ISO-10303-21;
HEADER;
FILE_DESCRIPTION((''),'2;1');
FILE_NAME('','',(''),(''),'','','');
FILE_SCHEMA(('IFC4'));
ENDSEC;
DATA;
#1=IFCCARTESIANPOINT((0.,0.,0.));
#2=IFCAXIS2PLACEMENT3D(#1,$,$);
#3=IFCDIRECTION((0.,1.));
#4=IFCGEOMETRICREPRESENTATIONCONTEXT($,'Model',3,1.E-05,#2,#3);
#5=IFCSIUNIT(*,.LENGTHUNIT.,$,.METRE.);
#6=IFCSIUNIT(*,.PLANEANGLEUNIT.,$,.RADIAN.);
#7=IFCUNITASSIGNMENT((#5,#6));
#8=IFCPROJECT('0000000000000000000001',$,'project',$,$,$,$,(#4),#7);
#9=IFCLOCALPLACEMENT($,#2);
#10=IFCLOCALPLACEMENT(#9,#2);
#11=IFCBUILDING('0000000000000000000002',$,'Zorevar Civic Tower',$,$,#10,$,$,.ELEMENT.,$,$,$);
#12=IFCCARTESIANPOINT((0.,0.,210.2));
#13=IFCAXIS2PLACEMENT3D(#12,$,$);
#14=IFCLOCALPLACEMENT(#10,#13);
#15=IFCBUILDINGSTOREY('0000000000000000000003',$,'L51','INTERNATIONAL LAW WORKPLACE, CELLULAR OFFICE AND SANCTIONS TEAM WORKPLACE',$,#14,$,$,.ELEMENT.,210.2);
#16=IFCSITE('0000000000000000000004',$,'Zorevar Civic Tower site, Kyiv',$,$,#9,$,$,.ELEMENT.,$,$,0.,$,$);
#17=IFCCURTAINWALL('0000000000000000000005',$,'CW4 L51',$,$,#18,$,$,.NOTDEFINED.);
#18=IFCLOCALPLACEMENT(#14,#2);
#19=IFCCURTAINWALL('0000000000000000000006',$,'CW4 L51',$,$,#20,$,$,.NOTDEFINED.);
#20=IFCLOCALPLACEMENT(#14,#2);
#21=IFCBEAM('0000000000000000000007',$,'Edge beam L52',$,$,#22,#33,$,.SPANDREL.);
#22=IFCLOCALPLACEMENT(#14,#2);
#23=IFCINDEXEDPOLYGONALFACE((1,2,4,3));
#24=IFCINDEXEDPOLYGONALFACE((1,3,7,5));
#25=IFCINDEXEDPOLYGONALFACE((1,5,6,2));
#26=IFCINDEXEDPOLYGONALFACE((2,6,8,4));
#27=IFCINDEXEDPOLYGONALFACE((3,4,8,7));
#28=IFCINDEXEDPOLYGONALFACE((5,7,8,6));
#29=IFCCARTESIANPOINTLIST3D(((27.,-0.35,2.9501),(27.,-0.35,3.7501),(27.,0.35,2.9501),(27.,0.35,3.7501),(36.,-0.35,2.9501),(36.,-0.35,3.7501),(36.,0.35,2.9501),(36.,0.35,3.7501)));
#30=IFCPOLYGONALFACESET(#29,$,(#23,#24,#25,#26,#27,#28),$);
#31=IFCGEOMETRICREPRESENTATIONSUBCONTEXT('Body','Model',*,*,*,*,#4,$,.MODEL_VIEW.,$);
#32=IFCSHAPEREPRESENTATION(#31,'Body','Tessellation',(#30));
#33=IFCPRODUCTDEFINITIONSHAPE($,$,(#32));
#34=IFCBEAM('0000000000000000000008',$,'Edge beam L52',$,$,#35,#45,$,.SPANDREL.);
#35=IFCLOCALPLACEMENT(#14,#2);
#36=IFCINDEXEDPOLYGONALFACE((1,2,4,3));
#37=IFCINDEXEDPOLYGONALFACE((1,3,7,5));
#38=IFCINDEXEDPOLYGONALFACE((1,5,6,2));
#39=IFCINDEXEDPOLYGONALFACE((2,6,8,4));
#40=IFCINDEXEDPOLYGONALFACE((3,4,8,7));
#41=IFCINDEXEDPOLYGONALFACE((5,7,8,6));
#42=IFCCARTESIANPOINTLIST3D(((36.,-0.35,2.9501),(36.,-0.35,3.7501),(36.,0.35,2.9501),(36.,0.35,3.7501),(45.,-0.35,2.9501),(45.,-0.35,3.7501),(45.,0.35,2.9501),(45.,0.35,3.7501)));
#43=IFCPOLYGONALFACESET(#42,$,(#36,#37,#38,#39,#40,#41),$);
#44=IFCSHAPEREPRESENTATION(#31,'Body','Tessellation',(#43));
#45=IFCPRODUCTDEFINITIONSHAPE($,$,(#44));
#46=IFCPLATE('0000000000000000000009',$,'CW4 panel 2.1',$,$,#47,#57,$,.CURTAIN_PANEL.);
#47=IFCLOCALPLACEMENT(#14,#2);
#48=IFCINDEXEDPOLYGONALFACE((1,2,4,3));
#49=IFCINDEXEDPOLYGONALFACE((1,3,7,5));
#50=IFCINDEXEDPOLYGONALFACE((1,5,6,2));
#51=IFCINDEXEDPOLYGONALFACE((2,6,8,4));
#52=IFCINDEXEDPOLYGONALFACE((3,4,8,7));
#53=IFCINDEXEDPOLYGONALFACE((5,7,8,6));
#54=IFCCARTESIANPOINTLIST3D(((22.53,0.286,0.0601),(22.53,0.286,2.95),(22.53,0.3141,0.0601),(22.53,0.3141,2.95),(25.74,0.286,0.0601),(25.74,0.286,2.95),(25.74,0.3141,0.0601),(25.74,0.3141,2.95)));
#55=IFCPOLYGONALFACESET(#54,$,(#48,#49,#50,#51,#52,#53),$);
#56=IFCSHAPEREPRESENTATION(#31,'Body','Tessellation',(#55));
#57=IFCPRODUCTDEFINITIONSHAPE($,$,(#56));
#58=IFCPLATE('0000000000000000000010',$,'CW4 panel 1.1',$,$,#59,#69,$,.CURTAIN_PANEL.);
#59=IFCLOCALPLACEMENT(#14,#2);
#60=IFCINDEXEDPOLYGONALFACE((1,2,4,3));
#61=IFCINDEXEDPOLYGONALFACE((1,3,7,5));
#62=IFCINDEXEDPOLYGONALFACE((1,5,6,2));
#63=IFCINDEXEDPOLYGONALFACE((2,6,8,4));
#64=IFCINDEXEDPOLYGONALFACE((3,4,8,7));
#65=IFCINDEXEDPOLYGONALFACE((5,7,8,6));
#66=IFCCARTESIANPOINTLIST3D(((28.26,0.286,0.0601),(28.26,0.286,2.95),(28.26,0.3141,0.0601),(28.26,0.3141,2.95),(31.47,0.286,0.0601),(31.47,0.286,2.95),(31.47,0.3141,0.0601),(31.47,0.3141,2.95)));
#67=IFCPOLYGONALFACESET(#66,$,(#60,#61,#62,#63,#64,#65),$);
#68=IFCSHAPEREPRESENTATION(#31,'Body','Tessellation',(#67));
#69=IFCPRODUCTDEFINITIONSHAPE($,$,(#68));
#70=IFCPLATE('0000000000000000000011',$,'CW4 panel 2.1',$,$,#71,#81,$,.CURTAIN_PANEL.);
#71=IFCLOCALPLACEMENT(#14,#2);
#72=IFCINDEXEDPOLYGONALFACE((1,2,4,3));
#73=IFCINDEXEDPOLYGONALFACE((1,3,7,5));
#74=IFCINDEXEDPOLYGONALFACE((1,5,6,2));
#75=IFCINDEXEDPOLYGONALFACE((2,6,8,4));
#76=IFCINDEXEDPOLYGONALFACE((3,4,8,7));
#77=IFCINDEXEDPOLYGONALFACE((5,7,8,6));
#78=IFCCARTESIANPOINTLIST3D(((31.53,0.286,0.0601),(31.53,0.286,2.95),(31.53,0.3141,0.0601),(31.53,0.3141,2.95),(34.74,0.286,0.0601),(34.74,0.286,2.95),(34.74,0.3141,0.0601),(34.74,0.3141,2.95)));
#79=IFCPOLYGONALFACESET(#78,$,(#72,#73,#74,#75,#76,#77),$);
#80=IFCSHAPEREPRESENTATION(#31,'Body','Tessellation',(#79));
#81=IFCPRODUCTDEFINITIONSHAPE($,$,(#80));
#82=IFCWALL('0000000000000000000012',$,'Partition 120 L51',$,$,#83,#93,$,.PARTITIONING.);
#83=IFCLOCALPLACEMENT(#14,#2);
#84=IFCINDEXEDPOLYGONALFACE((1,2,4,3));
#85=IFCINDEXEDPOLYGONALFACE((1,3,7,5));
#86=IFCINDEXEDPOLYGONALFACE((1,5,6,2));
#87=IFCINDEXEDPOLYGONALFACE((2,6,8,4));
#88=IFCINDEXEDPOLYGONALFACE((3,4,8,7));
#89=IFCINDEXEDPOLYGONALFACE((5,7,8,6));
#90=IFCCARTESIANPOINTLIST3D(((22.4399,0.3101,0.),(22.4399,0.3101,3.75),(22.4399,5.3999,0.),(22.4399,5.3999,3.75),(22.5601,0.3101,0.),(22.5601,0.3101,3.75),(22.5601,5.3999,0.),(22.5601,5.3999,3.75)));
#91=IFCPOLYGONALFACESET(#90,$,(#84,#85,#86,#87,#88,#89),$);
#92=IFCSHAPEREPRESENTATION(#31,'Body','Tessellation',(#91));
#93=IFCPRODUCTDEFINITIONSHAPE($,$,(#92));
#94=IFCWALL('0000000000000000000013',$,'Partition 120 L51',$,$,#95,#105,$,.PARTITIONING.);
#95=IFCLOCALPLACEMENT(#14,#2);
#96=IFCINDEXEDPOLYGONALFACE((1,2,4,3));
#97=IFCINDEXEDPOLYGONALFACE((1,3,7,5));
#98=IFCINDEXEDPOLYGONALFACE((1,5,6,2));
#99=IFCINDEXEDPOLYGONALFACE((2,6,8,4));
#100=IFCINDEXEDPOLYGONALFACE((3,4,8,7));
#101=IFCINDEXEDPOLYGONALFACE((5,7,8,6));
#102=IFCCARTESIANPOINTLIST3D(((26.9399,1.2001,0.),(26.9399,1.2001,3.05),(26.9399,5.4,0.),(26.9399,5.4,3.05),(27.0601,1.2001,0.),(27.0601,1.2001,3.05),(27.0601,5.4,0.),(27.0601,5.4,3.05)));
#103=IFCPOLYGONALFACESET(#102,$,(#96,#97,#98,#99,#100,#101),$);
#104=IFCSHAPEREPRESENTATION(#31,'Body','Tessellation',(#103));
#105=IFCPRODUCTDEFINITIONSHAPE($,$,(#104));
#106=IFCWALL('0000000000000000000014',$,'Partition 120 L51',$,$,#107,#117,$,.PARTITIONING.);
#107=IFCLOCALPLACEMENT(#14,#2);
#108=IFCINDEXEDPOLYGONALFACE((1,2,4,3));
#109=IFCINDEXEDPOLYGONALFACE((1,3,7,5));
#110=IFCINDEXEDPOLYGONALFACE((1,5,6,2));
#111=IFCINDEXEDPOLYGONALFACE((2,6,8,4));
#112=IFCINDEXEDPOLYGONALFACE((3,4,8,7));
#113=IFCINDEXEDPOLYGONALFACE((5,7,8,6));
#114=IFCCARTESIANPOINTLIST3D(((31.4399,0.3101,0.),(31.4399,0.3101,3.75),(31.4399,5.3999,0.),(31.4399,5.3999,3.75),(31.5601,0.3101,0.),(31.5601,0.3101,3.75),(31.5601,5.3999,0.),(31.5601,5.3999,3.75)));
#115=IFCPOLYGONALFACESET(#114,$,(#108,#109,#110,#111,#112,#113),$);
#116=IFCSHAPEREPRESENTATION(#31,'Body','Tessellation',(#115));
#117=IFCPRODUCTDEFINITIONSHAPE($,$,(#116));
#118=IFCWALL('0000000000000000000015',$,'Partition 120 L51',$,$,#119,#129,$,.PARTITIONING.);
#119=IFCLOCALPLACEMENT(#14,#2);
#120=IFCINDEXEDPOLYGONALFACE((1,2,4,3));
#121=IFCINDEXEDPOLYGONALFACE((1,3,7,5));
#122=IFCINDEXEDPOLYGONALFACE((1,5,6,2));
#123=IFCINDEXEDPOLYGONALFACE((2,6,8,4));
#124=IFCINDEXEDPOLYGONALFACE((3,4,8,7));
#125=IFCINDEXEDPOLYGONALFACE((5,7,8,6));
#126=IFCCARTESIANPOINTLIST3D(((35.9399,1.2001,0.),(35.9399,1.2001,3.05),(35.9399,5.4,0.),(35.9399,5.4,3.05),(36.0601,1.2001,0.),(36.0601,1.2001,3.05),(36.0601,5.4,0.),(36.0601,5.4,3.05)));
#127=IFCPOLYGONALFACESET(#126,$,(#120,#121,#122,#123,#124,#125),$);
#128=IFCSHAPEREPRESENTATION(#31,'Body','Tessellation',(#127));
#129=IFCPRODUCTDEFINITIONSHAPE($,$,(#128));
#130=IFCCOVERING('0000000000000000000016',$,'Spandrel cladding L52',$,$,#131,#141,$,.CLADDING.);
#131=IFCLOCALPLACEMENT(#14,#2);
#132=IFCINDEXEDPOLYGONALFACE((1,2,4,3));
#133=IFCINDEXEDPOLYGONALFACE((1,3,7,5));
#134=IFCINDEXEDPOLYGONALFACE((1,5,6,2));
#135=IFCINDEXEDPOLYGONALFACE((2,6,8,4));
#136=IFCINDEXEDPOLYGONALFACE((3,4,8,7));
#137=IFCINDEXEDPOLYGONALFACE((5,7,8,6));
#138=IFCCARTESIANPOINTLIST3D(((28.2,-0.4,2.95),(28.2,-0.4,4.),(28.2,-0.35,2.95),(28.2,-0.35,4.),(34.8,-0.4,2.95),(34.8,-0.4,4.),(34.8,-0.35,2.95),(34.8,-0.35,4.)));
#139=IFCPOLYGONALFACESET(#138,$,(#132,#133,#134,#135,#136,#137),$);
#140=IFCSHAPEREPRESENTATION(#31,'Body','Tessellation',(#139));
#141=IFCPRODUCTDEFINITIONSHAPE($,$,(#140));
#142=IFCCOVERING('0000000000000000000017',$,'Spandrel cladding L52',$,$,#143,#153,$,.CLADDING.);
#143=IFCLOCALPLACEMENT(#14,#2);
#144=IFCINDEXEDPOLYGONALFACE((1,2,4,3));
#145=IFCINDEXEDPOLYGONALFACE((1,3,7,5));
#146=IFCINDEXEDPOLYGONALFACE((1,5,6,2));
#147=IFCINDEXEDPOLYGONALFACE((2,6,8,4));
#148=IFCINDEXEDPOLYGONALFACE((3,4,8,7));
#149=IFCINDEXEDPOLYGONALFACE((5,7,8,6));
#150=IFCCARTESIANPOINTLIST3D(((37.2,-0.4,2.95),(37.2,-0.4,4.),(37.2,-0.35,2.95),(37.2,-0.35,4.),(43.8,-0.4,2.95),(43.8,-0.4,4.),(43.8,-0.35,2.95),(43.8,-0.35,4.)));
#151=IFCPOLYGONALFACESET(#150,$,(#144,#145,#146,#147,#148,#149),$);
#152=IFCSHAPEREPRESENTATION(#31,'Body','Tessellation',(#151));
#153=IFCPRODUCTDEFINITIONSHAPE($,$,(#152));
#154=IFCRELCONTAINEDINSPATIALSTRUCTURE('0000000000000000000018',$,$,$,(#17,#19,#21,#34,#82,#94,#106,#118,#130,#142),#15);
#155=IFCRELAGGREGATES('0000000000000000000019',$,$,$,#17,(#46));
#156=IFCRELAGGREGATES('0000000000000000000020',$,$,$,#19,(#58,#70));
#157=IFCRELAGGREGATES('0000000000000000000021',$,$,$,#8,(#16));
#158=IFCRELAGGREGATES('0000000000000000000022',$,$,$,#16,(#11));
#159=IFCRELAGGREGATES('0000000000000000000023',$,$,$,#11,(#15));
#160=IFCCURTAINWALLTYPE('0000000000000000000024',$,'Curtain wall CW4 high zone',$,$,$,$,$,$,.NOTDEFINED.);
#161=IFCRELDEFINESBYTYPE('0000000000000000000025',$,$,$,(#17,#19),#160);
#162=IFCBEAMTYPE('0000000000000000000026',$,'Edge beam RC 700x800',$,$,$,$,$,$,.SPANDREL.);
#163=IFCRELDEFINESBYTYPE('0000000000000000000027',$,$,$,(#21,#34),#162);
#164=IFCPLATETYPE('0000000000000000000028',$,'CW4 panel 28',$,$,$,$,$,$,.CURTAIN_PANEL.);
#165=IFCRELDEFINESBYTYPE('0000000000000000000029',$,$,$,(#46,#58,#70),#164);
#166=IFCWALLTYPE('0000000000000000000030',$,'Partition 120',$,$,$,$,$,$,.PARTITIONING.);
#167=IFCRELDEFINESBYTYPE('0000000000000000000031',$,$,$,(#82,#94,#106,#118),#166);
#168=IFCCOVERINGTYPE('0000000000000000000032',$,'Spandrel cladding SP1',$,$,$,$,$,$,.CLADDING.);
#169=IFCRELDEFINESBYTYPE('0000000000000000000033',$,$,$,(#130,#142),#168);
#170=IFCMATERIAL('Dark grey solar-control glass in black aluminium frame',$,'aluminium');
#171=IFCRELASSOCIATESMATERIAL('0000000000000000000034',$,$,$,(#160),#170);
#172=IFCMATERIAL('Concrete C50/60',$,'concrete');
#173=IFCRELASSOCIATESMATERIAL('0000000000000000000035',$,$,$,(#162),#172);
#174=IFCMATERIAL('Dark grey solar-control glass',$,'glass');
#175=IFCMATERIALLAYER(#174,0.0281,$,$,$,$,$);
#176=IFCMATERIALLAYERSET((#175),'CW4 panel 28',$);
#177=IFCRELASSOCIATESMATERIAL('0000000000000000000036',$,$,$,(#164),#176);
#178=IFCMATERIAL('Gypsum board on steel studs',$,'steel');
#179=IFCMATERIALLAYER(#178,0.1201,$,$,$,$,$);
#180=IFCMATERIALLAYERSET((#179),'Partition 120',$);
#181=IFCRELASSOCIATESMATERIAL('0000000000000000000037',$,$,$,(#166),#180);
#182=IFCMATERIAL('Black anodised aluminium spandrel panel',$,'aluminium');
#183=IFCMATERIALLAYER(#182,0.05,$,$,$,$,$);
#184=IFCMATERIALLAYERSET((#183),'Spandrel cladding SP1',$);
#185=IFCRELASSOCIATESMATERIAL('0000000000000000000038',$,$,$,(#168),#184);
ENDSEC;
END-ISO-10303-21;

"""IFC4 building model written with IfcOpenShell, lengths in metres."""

from ifc_helpers import new_model, si_unit, direction, frame, frame_2d, origin, origin_2d, place, context, subcontext, project, spatial, rectangle, extrude, material, layer, layer_set, material_profile, profile_set, type_object, element, aggregate, save


model = new_model("IFC4")

# Units and contexts
model_context = context("Model", 3, precision=1e-05, world=origin(), true_north=direction((0.0, 1.0)))
body_context = subcontext(model_context, "Body", "Model", "MODEL_VIEW")
ifc_project = project(units=[si_unit("LENGTHUNIT", "METRE"), si_unit("PLANEANGLEUNIT", "RADIAN")], contexts=[model_context])

# Site, building, storey
site_placement = place(None, origin())
site = spatial("IfcSite", under=ifc_project, at=site_placement, Name="Zorevar Civic Tower site, Kyiv", CompositionType="ELEMENT", RefElevation=0.0)
building_placement = place(site_placement, origin())
building = spatial("IfcBuilding", under=site, at=building_placement, Name="Zorevar Civic Tower", CompositionType="ELEMENT")
storey_placement = place(building_placement, frame((0.0, 0.0, 210.2)))
storey = spatial("IfcBuildingStorey", under=building, at=storey_placement, Name="L51", Description="INTERNATIONAL LAW WORKPLACE, CELLULAR OFFICE AND SANCTIONS TEAM WORKPLACE", CompositionType="ELEMENT", Elevation=210.2)

# Curtain walls
ifc_material_1 = material(Name="Dark grey solar-control glass in black aluminium frame", Category="aluminium")
curtain_wall_type = type_object("IfcCurtainWallType", Name="Curtain wall CW4 high zone", PredefinedType="NOTDEFINED", material=ifc_material_1)
curtain_wall_1_placement = place(storey_placement, origin())
curtain_wall_1 = element("IfcCurtainWall", 1, at=curtain_wall_1_placement, inside=storey, type_object=curtain_wall_type, Name="CW4 L51", PredefinedType="NOTDEFINED")
curtain_wall_2_placement = place(storey_placement, origin())
curtain_wall_2 = element("IfcCurtainWall", 2, at=curtain_wall_2_placement, inside=storey, type_object=curtain_wall_type, Name="CW4 L51", PredefinedType="NOTDEFINED")

# Beams
ifc_material_2 = material(Name="Concrete C50/60", Category="concrete")
ifc_material_profile_1 = material_profile(ifc_material_2, rectangle(XDim=0.7, YDim=0.8, at=origin_2d()), Name="RC 700x800")
ifc_profile_set_1 = profile_set([ifc_material_profile_1], Name="Concrete C50/60")
beam_type_1 = type_object("IfcBeamType", Name="Edge beam RC 700x800", PredefinedType="SPANDREL", material=ifc_profile_set_1)
for number, where, z_axis, x_axis, name in (
    (3, (27.0, 0.0, 3.3501), (1.0, 0.0, 0.0), (0.0, 1.0, 0.0), "Edge beam L52"),
    (4, (36.0, 0.0, 3.3501), (1.0, 0.0, 0.0), (0.0, 1.0, 0.0), "Edge beam L52"),
):
    element("IfcBeam", number, at=place(storey_placement, frame(where, z_axis=z_axis, x_axis=x_axis)), inside=storey, type_object=beam_type_1, Name=name, PredefinedType="SPANDREL", context=body_context, shape_type="SweptSolid", body=[
        extrude(rectangle(XDim=0.7, YDim=0.8, at=origin_2d()), origin(), (0.0, 0.0, 1.0), 9.0),
    ])

# Plates
ifc_material_3 = material(Name="Dark grey solar-control glass", Category="glass")
ifc_layer_1 = layer(ifc_material_3, 0.0281)
ifc_layer_set_1 = layer_set([ifc_layer_1], Name="CW4 panel 28")
plate_type = type_object("IfcPlateType", Name="CW4 panel 28", PredefinedType="CURTAIN_PANEL", material=ifc_layer_set_1)
plate_1_placement = place(storey_placement, frame((24.135, 0.3, 0.0601), z_axis=(0.0, 0.0, 1.0), x_axis=(1.0, 0.0, 0.0)))
plate_1 = element("IfcPlate", 5, at=plate_1_placement, type_object=plate_type, Name="CW4 panel 2.1", PredefinedType="CURTAIN_PANEL", context=body_context, shape_type="SweptSolid", body=[
    extrude(rectangle(XDim=3.21, YDim=0.0281, at=origin_2d()), origin(), (0.0, 0.0, 1.0), 2.8899),
])
aggregate(curtain_wall_1, [plate_1])
plate_2_placement = place(storey_placement, frame((29.865, 0.3, 0.0601), z_axis=(0.0, 0.0, 1.0), x_axis=(1.0, 0.0, 0.0)))
plate_2 = element("IfcPlate", 6, at=plate_2_placement, type_object=plate_type, Name="CW4 panel 1.1", PredefinedType="CURTAIN_PANEL", context=body_context, shape_type="SweptSolid", body=[
    extrude(rectangle(XDim=3.21, YDim=0.0281, at=origin_2d()), origin(), (0.0, 0.0, 1.0), 2.8899),
])
plate_3_placement = place(storey_placement, frame((33.135, 0.3, 0.0601), z_axis=(0.0, 0.0, 1.0), x_axis=(1.0, 0.0, 0.0)))
plate_3 = element("IfcPlate", 7, at=plate_3_placement, type_object=plate_type, Name="CW4 panel 2.1", PredefinedType="CURTAIN_PANEL", context=body_context, shape_type="SweptSolid", body=[
    extrude(rectangle(XDim=3.21, YDim=0.0281, at=origin_2d()), origin(), (0.0, 0.0, 1.0), 2.8899),
])
aggregate(curtain_wall_2, [plate_2, plate_3])

# Walls
ifc_material_4 = material(Name="Gypsum board on steel studs", Category="steel")
ifc_layer_2 = layer(ifc_material_4, 0.1201)
ifc_layer_set_2 = layer_set([ifc_layer_2], Name="Partition 120")
wall_type = type_object("IfcWallType", Name="Partition 120", PredefinedType="PARTITIONING", material=ifc_layer_set_2)
wall_1_placement = place(storey_placement, frame((22.5, 0.3101, 0.0), z_axis=(0.0, 0.0, 1.0), x_axis=(0.0, 1.0, 0.0)))
element("IfcWall", 8, at=wall_1_placement, inside=storey, type_object=wall_type, Name="Partition 120 L51", PredefinedType="PARTITIONING", context=body_context, shape_type="SweptSolid", body=[
    extrude(rectangle(XDim=5.0898, YDim=0.1201, at=frame_2d((2.5449, 0.0))), origin(), (0.0, 0.0, 1.0), 3.75),
])
wall_2_placement = place(storey_placement, frame((27.0, 1.2, 0.0), z_axis=(0.0, 0.0, 1.0), x_axis=(0.0, 1.0, 0.0)))
element("IfcWall", 9, at=wall_2_placement, inside=storey, type_object=wall_type, Name="Partition 120 L51", PredefinedType="PARTITIONING", context=body_context, shape_type="SweptSolid", body=[
    extrude(rectangle(XDim=4.2, YDim=0.1201, at=frame_2d((2.1001, 0.0))), origin(), (0.0, 0.0, 1.0), 3.05),
])
wall_3_placement = place(storey_placement, frame((31.5, 0.3101, 0.0), z_axis=(0.0, 0.0, 1.0), x_axis=(0.0, 1.0, 0.0)))
element("IfcWall", 10, at=wall_3_placement, inside=storey, type_object=wall_type, Name="Partition 120 L51", PredefinedType="PARTITIONING", context=body_context, shape_type="SweptSolid", body=[
    extrude(rectangle(XDim=5.0898, YDim=0.1201, at=frame_2d((2.5449, 0.0))), origin(), (0.0, 0.0, 1.0), 3.75),
])
wall_4_placement = place(storey_placement, frame((36.0, 1.2, 0.0), z_axis=(0.0, 0.0, 1.0), x_axis=(0.0, 1.0, 0.0)))
element("IfcWall", 11, at=wall_4_placement, inside=storey, type_object=wall_type, Name="Partition 120 L51", PredefinedType="PARTITIONING", context=body_context, shape_type="SweptSolid", body=[
    extrude(rectangle(XDim=4.2, YDim=0.1201, at=frame_2d((2.1001, 0.0))), origin(), (0.0, 0.0, 1.0), 3.05),
])

# Coverings
ifc_material_5 = material(Name="Black anodised aluminium spandrel panel", Category="aluminium")
ifc_layer_3 = layer(ifc_material_5, 0.05)
ifc_layer_set_3 = layer_set([ifc_layer_3], Name="Spandrel cladding SP1")
covering_type = type_object("IfcCoveringType", Name="Spandrel cladding SP1", PredefinedType="CLADDING", material=ifc_layer_set_3)
for number, where, z_axis, x_axis, name in (
    (12, (28.2, -0.375, 2.95), (0.0, 0.0, 1.0), (1.0, 0.0, 0.0), "Spandrel cladding L52"),
    (13, (37.2, -0.375, 2.95), (0.0, 0.0, 1.0), (1.0, 0.0, 0.0), "Spandrel cladding L52"),
):
    element("IfcCovering", number, at=place(storey_placement, frame(where, z_axis=z_axis, x_axis=x_axis)), inside=storey, type_object=covering_type, Name=name, PredefinedType="CLADDING", context=body_context, shape_type="SweptSolid", body=[
        extrude(rectangle(XDim=6.6001, YDim=0.05, at=frame_2d((3.3, 0.0))), origin(), (0.0, 0.0, 1.0), 1.05),
    ])

save(model, "model.ifc")
